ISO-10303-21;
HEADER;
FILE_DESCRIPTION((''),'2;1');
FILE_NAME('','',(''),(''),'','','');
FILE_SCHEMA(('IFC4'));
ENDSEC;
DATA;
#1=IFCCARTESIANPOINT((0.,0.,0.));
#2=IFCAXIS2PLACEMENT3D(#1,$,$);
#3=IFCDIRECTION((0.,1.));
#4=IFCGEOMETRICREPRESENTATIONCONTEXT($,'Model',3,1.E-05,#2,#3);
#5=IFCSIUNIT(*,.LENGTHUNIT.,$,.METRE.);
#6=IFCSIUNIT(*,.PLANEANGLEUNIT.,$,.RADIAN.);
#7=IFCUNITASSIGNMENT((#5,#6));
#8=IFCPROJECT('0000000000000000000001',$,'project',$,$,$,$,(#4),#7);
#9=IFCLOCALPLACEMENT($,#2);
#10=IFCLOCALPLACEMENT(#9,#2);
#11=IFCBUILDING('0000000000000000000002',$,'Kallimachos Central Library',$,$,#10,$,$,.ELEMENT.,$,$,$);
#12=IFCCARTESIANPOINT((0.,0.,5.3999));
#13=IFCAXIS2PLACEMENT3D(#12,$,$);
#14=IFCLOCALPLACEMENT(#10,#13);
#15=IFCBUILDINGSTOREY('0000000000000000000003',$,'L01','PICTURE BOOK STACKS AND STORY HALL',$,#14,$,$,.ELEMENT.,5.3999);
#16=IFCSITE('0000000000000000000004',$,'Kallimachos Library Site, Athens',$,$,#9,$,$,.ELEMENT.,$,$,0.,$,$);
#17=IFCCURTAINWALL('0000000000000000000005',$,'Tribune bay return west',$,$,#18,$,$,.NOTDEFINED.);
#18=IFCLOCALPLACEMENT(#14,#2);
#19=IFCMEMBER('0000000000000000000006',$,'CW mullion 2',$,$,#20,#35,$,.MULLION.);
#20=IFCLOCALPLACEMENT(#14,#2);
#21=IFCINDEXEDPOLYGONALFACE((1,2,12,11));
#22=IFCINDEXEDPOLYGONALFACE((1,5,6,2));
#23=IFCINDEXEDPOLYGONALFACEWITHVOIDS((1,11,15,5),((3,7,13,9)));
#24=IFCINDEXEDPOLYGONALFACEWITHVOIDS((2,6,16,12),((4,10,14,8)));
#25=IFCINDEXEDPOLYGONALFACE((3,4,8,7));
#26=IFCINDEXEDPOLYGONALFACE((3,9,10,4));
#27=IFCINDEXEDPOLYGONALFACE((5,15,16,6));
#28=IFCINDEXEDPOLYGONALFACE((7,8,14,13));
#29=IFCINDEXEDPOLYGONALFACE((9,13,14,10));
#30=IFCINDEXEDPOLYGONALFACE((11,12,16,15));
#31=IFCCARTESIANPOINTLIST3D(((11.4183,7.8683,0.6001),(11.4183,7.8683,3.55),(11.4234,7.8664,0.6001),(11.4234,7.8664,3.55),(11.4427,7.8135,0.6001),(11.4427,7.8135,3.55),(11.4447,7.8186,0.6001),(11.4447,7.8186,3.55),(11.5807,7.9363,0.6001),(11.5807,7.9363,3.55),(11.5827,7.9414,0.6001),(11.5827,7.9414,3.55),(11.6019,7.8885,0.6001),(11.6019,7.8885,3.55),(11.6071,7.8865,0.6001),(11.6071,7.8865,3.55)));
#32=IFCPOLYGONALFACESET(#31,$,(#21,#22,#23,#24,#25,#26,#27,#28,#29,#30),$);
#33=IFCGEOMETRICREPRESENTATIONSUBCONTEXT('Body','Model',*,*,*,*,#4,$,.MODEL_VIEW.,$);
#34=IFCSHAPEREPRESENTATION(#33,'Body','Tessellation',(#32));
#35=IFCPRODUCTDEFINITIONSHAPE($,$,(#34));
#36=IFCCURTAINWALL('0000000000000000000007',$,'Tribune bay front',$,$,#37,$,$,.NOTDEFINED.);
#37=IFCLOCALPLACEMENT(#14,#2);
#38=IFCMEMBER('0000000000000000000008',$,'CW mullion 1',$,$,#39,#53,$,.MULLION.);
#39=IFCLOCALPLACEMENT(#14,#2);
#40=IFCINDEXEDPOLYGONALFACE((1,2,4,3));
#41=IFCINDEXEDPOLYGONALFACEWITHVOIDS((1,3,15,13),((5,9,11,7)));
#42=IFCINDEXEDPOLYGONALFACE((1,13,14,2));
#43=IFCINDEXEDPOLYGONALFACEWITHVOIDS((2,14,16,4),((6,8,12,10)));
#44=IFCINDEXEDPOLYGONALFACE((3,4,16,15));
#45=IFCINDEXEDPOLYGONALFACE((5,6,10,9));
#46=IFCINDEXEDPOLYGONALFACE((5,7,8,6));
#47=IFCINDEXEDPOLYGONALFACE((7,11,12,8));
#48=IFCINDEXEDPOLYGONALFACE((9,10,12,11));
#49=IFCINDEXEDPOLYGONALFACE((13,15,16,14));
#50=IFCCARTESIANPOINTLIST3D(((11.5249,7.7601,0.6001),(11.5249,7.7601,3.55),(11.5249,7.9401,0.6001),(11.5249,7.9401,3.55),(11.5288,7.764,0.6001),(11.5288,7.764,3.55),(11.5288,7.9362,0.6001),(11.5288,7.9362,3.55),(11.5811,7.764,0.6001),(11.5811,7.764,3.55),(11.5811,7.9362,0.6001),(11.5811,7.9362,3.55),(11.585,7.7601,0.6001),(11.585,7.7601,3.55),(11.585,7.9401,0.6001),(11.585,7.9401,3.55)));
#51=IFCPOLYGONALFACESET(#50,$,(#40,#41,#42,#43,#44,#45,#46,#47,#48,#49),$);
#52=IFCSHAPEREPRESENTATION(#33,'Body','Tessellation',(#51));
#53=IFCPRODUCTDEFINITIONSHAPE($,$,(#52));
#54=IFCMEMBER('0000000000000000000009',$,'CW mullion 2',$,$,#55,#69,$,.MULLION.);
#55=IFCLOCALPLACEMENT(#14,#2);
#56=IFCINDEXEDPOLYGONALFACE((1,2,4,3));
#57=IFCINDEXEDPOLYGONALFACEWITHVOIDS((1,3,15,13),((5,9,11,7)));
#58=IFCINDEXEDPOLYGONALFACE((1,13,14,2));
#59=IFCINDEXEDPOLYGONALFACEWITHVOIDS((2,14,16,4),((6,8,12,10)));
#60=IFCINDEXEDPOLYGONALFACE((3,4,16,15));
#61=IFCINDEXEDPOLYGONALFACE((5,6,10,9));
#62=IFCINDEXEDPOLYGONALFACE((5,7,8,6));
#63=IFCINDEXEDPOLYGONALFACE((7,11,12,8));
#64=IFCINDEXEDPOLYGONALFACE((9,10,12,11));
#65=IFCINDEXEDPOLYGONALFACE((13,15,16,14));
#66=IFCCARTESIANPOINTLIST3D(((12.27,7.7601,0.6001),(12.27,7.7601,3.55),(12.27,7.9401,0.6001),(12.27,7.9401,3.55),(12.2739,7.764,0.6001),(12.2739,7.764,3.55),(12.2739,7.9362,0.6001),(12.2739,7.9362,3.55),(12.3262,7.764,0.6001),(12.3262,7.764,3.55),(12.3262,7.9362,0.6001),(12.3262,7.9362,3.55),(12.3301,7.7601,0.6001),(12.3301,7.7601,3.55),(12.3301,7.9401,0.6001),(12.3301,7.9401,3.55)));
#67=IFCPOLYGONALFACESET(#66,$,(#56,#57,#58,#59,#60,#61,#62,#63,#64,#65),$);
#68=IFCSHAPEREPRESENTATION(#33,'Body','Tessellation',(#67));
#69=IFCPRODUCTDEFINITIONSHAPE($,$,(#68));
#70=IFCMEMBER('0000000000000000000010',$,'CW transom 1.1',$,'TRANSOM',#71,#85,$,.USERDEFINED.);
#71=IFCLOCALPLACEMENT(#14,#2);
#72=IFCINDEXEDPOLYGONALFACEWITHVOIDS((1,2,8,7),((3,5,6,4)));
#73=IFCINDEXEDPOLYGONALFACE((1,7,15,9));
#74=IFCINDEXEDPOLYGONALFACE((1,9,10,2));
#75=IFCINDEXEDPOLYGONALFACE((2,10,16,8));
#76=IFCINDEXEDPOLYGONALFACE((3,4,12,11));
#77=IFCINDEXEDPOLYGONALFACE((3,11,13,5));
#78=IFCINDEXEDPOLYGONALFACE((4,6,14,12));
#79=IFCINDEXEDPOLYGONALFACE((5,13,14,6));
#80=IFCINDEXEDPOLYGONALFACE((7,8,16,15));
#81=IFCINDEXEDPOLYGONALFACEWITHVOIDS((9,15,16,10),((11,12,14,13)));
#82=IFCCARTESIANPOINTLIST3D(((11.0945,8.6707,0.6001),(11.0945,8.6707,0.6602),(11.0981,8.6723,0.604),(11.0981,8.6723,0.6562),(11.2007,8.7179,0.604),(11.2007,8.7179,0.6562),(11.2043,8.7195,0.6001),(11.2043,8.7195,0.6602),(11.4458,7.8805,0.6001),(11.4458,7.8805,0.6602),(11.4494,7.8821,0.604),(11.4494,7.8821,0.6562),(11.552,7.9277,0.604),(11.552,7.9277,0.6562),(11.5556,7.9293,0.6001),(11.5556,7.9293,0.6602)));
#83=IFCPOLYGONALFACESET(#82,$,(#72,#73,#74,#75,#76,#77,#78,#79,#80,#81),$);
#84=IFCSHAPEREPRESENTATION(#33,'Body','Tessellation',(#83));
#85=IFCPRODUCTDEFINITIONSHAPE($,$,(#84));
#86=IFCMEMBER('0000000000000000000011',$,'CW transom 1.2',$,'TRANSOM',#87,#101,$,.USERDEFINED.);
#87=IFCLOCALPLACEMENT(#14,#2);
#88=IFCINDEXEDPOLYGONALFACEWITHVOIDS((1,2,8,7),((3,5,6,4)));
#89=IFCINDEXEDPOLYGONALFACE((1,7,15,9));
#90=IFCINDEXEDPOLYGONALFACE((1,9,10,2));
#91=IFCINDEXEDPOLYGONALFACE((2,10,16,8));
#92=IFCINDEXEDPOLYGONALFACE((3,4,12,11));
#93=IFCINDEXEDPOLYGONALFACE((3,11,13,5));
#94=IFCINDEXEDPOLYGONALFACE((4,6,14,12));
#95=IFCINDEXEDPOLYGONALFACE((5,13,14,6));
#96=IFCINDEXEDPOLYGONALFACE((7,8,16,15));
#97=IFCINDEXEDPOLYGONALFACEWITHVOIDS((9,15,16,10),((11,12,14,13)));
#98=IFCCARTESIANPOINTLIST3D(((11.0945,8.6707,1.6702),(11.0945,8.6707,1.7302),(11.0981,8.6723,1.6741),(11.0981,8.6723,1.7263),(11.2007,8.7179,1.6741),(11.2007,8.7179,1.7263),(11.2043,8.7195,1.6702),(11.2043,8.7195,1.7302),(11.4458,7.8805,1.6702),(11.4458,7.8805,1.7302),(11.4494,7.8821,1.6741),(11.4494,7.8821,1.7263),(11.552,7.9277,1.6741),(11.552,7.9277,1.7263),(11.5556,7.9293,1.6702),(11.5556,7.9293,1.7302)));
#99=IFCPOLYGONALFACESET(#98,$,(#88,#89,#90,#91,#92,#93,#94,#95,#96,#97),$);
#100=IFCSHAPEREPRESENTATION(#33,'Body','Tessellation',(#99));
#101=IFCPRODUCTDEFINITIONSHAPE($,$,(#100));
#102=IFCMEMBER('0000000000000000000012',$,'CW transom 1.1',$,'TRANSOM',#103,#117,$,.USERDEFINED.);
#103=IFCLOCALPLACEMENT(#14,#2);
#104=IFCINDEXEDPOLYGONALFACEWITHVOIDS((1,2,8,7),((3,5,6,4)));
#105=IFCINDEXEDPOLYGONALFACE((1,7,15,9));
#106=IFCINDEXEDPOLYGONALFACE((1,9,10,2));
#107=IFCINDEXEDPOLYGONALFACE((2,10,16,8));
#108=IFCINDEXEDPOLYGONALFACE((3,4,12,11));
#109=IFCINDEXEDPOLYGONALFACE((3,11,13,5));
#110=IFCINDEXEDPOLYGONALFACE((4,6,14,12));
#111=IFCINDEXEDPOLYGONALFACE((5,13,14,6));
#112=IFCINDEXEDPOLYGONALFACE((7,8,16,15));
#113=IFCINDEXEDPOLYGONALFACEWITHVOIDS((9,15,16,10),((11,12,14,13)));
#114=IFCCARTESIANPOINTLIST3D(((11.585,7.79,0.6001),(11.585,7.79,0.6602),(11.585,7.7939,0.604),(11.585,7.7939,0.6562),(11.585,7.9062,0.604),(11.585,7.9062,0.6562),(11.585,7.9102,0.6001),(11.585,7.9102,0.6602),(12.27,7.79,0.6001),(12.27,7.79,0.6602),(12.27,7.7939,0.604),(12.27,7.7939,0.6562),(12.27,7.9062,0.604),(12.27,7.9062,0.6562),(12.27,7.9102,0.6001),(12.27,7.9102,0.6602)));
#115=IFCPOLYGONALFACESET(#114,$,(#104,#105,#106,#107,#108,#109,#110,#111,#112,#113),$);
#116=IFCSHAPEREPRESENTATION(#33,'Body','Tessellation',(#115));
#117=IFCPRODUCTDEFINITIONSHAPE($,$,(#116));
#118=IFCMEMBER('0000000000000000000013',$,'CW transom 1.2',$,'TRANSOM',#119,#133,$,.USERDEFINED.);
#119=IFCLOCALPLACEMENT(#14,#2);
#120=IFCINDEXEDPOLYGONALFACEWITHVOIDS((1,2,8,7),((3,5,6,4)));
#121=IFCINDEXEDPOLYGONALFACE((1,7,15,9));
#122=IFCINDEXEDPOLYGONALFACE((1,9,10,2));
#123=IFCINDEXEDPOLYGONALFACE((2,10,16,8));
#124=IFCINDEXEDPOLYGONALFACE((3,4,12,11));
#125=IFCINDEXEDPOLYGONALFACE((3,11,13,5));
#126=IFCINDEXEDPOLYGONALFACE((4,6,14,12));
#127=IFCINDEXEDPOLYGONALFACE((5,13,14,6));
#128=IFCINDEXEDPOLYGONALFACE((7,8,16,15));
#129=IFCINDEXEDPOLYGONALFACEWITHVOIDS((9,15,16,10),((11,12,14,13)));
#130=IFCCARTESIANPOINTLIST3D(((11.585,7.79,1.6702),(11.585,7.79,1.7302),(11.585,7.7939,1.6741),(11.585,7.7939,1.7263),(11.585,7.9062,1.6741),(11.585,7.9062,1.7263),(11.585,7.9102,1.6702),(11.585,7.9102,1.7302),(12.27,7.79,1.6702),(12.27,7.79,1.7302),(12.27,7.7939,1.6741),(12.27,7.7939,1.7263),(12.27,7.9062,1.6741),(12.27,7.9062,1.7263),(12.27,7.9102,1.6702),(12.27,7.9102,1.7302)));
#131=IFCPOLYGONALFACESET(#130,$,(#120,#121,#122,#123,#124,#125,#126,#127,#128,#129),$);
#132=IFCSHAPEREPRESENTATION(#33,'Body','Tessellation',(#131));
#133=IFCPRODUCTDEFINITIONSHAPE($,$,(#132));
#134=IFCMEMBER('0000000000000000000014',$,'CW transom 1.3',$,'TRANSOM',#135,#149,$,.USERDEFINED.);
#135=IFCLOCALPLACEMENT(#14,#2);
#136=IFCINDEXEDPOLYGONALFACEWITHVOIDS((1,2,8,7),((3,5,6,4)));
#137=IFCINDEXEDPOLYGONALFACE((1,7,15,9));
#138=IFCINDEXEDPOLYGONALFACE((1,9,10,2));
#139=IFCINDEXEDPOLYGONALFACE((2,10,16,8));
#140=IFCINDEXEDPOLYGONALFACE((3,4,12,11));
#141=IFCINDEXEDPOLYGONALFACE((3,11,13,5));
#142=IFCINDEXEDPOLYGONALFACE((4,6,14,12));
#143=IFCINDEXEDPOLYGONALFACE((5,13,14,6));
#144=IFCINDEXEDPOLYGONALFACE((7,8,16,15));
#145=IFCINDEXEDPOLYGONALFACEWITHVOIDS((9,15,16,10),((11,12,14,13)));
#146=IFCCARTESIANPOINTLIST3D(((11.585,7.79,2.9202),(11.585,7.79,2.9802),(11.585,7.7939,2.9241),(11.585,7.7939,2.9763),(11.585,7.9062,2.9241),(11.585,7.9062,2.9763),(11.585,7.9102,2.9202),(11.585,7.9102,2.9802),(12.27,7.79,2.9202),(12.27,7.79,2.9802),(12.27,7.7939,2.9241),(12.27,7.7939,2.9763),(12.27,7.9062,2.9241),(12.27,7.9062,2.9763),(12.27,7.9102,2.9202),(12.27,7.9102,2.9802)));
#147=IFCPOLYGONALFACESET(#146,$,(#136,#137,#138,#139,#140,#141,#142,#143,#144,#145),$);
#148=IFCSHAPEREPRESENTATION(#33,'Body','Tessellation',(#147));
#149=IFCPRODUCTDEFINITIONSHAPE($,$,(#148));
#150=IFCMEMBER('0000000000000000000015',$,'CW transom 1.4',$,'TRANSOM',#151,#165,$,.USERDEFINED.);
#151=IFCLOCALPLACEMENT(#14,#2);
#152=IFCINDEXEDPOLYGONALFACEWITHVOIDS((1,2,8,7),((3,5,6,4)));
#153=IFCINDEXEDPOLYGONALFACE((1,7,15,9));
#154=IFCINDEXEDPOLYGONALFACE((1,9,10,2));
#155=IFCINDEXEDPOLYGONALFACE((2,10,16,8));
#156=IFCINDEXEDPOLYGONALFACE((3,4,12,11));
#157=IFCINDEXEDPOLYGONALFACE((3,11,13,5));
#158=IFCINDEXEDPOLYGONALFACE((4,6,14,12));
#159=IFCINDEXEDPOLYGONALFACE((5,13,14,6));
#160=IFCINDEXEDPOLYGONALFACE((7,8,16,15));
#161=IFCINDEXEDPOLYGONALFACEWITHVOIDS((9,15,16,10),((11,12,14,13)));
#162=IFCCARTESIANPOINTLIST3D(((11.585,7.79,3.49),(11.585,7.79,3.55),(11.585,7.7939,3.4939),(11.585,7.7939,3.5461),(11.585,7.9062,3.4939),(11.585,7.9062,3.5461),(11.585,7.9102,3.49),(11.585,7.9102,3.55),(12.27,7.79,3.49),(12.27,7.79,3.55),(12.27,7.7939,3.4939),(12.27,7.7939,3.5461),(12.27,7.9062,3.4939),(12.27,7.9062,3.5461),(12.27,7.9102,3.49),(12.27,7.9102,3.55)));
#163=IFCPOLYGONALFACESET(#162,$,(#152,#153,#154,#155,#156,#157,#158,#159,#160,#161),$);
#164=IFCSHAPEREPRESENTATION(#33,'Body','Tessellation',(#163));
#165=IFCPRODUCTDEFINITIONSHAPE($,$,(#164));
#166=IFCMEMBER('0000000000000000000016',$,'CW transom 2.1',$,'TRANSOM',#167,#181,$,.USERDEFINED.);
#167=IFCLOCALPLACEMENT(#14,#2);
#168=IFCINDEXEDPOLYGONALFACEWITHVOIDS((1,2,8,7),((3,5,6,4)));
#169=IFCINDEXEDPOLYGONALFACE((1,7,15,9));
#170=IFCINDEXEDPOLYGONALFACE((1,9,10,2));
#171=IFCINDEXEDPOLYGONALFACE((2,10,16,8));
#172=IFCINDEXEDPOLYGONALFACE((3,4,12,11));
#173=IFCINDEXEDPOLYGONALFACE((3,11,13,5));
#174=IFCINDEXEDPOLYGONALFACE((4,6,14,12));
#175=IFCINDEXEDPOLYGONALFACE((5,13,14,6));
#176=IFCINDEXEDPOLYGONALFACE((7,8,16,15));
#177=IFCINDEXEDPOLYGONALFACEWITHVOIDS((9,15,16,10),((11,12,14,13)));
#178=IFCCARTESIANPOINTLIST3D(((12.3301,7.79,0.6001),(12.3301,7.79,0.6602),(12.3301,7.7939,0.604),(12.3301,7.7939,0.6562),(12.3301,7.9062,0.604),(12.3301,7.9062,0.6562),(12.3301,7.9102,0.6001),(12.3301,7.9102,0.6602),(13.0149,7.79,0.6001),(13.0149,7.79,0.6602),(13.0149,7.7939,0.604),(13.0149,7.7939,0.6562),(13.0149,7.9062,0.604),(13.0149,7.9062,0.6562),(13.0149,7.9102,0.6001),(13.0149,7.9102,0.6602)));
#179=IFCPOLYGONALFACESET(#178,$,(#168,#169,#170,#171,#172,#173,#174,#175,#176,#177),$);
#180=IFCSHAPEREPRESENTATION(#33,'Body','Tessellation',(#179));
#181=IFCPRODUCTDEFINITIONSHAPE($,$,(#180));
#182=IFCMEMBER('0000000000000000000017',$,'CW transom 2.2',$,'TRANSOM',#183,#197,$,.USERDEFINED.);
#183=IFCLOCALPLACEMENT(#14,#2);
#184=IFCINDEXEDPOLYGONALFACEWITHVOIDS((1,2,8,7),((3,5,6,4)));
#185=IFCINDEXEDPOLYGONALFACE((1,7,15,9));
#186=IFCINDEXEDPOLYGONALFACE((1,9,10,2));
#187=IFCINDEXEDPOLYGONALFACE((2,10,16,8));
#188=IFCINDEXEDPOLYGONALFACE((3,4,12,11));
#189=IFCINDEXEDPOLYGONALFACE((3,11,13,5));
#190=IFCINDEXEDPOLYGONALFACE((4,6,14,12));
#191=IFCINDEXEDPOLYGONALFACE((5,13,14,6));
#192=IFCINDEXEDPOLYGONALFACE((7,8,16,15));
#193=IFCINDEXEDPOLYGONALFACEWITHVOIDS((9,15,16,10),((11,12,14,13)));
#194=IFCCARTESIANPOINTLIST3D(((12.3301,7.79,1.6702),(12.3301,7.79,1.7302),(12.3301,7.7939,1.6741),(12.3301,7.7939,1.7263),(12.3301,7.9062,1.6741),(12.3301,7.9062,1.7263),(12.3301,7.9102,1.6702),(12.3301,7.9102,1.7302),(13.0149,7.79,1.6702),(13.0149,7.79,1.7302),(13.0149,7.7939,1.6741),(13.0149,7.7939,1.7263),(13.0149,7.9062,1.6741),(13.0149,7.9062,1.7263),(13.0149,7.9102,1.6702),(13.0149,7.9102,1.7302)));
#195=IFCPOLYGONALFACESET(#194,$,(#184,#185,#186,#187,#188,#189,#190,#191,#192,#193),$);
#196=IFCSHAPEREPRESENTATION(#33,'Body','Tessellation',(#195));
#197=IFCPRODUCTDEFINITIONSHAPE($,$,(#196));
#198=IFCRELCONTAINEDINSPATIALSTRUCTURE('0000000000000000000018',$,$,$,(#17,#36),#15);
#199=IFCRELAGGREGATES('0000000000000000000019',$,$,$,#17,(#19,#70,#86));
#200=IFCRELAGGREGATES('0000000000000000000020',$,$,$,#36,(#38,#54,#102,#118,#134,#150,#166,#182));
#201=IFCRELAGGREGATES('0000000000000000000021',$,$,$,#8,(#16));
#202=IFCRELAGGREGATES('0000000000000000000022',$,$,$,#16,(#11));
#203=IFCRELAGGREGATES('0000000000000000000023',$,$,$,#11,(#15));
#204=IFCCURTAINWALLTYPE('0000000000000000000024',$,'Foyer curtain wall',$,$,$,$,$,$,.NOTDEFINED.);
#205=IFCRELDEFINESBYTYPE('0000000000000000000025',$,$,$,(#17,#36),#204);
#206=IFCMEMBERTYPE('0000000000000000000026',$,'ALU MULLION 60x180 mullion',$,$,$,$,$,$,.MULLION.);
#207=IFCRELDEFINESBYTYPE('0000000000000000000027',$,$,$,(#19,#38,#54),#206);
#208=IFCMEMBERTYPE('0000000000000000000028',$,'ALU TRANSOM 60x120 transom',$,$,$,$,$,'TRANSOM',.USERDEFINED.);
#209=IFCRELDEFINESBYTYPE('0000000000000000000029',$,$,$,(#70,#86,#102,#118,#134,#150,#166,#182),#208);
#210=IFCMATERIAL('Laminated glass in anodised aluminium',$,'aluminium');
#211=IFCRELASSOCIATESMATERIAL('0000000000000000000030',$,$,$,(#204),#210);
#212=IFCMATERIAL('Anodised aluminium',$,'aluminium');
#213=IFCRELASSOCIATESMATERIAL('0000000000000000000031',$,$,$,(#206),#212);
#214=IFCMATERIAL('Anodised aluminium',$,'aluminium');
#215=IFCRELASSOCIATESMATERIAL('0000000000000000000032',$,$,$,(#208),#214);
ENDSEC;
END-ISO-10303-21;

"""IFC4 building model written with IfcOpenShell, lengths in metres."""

from ifc_helpers import new_model, si_unit, direction, frame, origin, origin_2d, place, context, subcontext, project, spatial, hollow_rectangle, extrude, material, material_profile, profile_set, type_object, element, aggregate, save


model = new_model("IFC4")

# Units and contexts
model_context = context("Model", 3, precision=1e-05, world=origin(), true_north=direction((0.0, 1.0)))
body_context = subcontext(model_context, "Body", "Model", "MODEL_VIEW")
ifc_project = project(units=[si_unit("LENGTHUNIT", "METRE"), si_unit("PLANEANGLEUNIT", "RADIAN")], contexts=[model_context])

# Site, building, storey
site_placement = place(None, origin())
site = spatial("IfcSite", under=ifc_project, at=site_placement, Name="Kallimachos Library Site, Athens", CompositionType="ELEMENT", RefElevation=0.0)
building_placement = place(site_placement, origin())
building = spatial("IfcBuilding", under=site, at=building_placement, Name="Kallimachos Central Library", CompositionType="ELEMENT")
storey_placement = place(building_placement, frame((0.0, 0.0, 5.3999)))
storey = spatial("IfcBuildingStorey", under=building, at=storey_placement, Name="L01", Description="PICTURE BOOK STACKS AND STORY HALL", CompositionType="ELEMENT", Elevation=5.3999)

# Curtain wall, member
ifc_material_1 = material(Name="Laminated glass in anodised aluminium", Category="aluminium")
curtain_wall_type = type_object("IfcCurtainWallType", Name="Foyer curtain wall", PredefinedType="NOTDEFINED", material=ifc_material_1)
curtain_wall_1_placement = place(storey_placement, origin())
curtain_wall_1 = element("IfcCurtainWall", 1, at=curtain_wall_1_placement, inside=storey, type_object=curtain_wall_type, Name="Tribune bay return west", PredefinedType="NOTDEFINED")
ifc_material_2 = material(Name="Anodised aluminium", Category="aluminium")
ifc_material_profile_1 = material_profile(ifc_material_2, hollow_rectangle(XDim=0.0601, YDim=0.1799, WallThickness=0.0039, at=origin_2d()), Name="ALU MULLION 60x180")
ifc_profile_set_1 = profile_set([ifc_material_profile_1], Name="Anodised aluminium")
member_type_1 = type_object("IfcMemberType", Name="ALU MULLION 60x180 mullion", PredefinedType="MULLION", material=ifc_profile_set_1)
member_1_placement = place(storey_placement, frame((11.5127, 7.8774, 0.6001), z_axis=(0.0, 0.0, 1.0), x_axis=(0.406138, -0.913812, 0.0)))
member_1 = element("IfcMember", 2, at=member_1_placement, type_object=member_type_1, Name="CW mullion 2", PredefinedType="MULLION", context=body_context, shape_type="SweptSolid", body=[
    extrude(hollow_rectangle(XDim=0.0601, YDim=0.1799, WallThickness=0.0039, at=origin_2d()), origin(), (0.0, 0.0, 1.0), 2.95),
])

# Curtain wall, members
curtain_wall_2_placement = place(storey_placement, origin())
curtain_wall_2 = element("IfcCurtainWall", 3, at=curtain_wall_2_placement, inside=storey, type_object=curtain_wall_type, Name="Tribune bay front", PredefinedType="NOTDEFINED")
member_2_placement = place(storey_placement, frame((11.5549, 7.8501, 0.6001), z_axis=(0.0, 0.0, 1.0), x_axis=(1.0, 0.0, 0.0)))
member_2 = element("IfcMember", 4, at=member_2_placement, type_object=member_type_1, Name="CW mullion 1", PredefinedType="MULLION", context=body_context, shape_type="SweptSolid", body=[
    extrude(hollow_rectangle(XDim=0.0601, YDim=0.1799, WallThickness=0.0039, at=origin_2d()), origin(), (0.0, 0.0, 1.0), 2.95),
])
member_3_placement = place(storey_placement, frame((12.3, 7.8501, 0.6001), z_axis=(0.0, 0.0, 1.0), x_axis=(1.0, 0.0, 0.0)))
member_3 = element("IfcMember", 5, at=member_3_placement, type_object=member_type_1, Name="CW mullion 2", PredefinedType="MULLION", context=body_context, shape_type="SweptSolid", body=[
    extrude(hollow_rectangle(XDim=0.0601, YDim=0.1799, WallThickness=0.0039, at=origin_2d()), origin(), (0.0, 0.0, 1.0), 2.95),
])

# Members
ifc_material_3 = material(Name="Anodised aluminium", Category="aluminium")
ifc_material_profile_2 = material_profile(ifc_material_3, hollow_rectangle(XDim=0.0601, YDim=0.1201, WallThickness=0.0039, at=origin_2d()), Name="ALU TRANSOM 60x120")
ifc_profile_set_2 = profile_set([ifc_material_profile_2], Name="Anodised aluminium")
member_type_2 = type_object("IfcMemberType", Name="ALU TRANSOM 60x120 transom", ElementType="TRANSOM", PredefinedType="USERDEFINED", material=ifc_profile_set_2)
member_4_placement = place(storey_placement, frame((11.1494, 8.6951, 0.6301), z_axis=(0.406217, -0.913777, 0.0), x_axis=(0.0, 0.0, 1.0)))
member_4 = element("IfcMember", 6, at=member_4_placement, type_object=member_type_2, Name="CW transom 1.1", ObjectType="TRANSOM", PredefinedType="USERDEFINED", context=body_context, shape_type="SweptSolid", body=[
    extrude(hollow_rectangle(XDim=0.0601, YDim=0.1201, WallThickness=0.0039, at=origin_2d()), origin(), (0.0, 0.0, 1.0), 0.8647),
])
member_5_placement = place(storey_placement, frame((11.1494, 8.6951, 1.7002), z_axis=(0.406217, -0.913777, 0.0), x_axis=(0.0, 0.0, 1.0)))
member_5 = element("IfcMember", 7, at=member_5_placement, type_object=member_type_2, Name="CW transom 1.2", ObjectType="TRANSOM", PredefinedType="USERDEFINED", context=body_context, shape_type="SweptSolid", body=[
    extrude(hollow_rectangle(XDim=0.0601, YDim=0.1201, WallThickness=0.0039, at=origin_2d()), origin(), (0.0, 0.0, 1.0), 0.8647),
])
member_6_placement = place(storey_placement, frame((11.585, 7.8501, 0.6301), z_axis=(1.0, 0.0, 0.0), x_axis=(0.0, 0.0, 1.0)))
member_6 = element("IfcMember", 8, at=member_6_placement, type_object=member_type_2, Name="CW transom 1.1", ObjectType="TRANSOM", PredefinedType="USERDEFINED", context=body_context, shape_type="SweptSolid", body=[
    extrude(hollow_rectangle(XDim=0.0601, YDim=0.1201, WallThickness=0.0039, at=origin_2d()), origin(), (0.0, 0.0, 1.0), 0.6851),
])
member_7_placement = place(storey_placement, frame((11.585, 7.8501, 1.7002), z_axis=(1.0, 0.0, 0.0), x_axis=(0.0, 0.0, 1.0)))
member_7 = element("IfcMember", 9, at=member_7_placement, type_object=member_type_2, Name="CW transom 1.2", ObjectType="TRANSOM", PredefinedType="USERDEFINED", context=body_context, shape_type="SweptSolid", body=[
    extrude(hollow_rectangle(XDim=0.0601, YDim=0.1201, WallThickness=0.0039, at=origin_2d()), origin(), (0.0, 0.0, 1.0), 0.6851),
])
member_8_placement = place(storey_placement, frame((11.585, 7.8501, 2.9502), z_axis=(1.0, 0.0, 0.0), x_axis=(0.0, 0.0, 1.0)))
member_8 = element("IfcMember", 10, at=member_8_placement, type_object=member_type_2, Name="CW transom 1.3", ObjectType="TRANSOM", PredefinedType="USERDEFINED", context=body_context, shape_type="SweptSolid", body=[
    extrude(hollow_rectangle(XDim=0.0601, YDim=0.1201, WallThickness=0.0039, at=origin_2d()), origin(), (0.0, 0.0, 1.0), 0.6851),
])
member_9_placement = place(storey_placement, frame((11.585, 7.8501, 3.52), z_axis=(1.0, 0.0, 0.0), x_axis=(0.0, 0.0, 1.0)))
member_9 = element("IfcMember", 11, at=member_9_placement, type_object=member_type_2, Name="CW transom 1.4", ObjectType="TRANSOM", PredefinedType="USERDEFINED", context=body_context, shape_type="SweptSolid", body=[
    extrude(hollow_rectangle(XDim=0.0601, YDim=0.1201, WallThickness=0.0039, at=origin_2d()), origin(), (0.0, 0.0, 1.0), 0.6851),
])
member_10_placement = place(storey_placement, frame((12.3301, 7.8501, 0.6301), z_axis=(1.0, 0.0, 0.0), x_axis=(0.0, 0.0, 1.0)))
member_10 = element("IfcMember", 12, at=member_10_placement, type_object=member_type_2, Name="CW transom 2.1", ObjectType="TRANSOM", PredefinedType="USERDEFINED", context=body_context, shape_type="SweptSolid", body=[
    extrude(hollow_rectangle(XDim=0.0601, YDim=0.1201, WallThickness=0.0039, at=origin_2d()), origin(), (0.0, 0.0, 1.0), 0.6848),
])
member_11_placement = place(storey_placement, frame((12.3301, 7.8501, 1.7002), z_axis=(1.0, 0.0, 0.0), x_axis=(0.0, 0.0, 1.0)))
member_11 = element("IfcMember", 13, at=member_11_placement, type_object=member_type_2, Name="CW transom 2.2", ObjectType="TRANSOM", PredefinedType="USERDEFINED", context=body_context, shape_type="SweptSolid", body=[
    extrude(hollow_rectangle(XDim=0.0601, YDim=0.1201, WallThickness=0.0039, at=origin_2d()), origin(), (0.0, 0.0, 1.0), 0.6848),
])

aggregate(curtain_wall_1, [member_1, member_4, member_5])
aggregate(curtain_wall_2, [member_2, member_3, member_6, member_7, member_8, member_9, member_10, member_11])

save(model, "model.ifc")
